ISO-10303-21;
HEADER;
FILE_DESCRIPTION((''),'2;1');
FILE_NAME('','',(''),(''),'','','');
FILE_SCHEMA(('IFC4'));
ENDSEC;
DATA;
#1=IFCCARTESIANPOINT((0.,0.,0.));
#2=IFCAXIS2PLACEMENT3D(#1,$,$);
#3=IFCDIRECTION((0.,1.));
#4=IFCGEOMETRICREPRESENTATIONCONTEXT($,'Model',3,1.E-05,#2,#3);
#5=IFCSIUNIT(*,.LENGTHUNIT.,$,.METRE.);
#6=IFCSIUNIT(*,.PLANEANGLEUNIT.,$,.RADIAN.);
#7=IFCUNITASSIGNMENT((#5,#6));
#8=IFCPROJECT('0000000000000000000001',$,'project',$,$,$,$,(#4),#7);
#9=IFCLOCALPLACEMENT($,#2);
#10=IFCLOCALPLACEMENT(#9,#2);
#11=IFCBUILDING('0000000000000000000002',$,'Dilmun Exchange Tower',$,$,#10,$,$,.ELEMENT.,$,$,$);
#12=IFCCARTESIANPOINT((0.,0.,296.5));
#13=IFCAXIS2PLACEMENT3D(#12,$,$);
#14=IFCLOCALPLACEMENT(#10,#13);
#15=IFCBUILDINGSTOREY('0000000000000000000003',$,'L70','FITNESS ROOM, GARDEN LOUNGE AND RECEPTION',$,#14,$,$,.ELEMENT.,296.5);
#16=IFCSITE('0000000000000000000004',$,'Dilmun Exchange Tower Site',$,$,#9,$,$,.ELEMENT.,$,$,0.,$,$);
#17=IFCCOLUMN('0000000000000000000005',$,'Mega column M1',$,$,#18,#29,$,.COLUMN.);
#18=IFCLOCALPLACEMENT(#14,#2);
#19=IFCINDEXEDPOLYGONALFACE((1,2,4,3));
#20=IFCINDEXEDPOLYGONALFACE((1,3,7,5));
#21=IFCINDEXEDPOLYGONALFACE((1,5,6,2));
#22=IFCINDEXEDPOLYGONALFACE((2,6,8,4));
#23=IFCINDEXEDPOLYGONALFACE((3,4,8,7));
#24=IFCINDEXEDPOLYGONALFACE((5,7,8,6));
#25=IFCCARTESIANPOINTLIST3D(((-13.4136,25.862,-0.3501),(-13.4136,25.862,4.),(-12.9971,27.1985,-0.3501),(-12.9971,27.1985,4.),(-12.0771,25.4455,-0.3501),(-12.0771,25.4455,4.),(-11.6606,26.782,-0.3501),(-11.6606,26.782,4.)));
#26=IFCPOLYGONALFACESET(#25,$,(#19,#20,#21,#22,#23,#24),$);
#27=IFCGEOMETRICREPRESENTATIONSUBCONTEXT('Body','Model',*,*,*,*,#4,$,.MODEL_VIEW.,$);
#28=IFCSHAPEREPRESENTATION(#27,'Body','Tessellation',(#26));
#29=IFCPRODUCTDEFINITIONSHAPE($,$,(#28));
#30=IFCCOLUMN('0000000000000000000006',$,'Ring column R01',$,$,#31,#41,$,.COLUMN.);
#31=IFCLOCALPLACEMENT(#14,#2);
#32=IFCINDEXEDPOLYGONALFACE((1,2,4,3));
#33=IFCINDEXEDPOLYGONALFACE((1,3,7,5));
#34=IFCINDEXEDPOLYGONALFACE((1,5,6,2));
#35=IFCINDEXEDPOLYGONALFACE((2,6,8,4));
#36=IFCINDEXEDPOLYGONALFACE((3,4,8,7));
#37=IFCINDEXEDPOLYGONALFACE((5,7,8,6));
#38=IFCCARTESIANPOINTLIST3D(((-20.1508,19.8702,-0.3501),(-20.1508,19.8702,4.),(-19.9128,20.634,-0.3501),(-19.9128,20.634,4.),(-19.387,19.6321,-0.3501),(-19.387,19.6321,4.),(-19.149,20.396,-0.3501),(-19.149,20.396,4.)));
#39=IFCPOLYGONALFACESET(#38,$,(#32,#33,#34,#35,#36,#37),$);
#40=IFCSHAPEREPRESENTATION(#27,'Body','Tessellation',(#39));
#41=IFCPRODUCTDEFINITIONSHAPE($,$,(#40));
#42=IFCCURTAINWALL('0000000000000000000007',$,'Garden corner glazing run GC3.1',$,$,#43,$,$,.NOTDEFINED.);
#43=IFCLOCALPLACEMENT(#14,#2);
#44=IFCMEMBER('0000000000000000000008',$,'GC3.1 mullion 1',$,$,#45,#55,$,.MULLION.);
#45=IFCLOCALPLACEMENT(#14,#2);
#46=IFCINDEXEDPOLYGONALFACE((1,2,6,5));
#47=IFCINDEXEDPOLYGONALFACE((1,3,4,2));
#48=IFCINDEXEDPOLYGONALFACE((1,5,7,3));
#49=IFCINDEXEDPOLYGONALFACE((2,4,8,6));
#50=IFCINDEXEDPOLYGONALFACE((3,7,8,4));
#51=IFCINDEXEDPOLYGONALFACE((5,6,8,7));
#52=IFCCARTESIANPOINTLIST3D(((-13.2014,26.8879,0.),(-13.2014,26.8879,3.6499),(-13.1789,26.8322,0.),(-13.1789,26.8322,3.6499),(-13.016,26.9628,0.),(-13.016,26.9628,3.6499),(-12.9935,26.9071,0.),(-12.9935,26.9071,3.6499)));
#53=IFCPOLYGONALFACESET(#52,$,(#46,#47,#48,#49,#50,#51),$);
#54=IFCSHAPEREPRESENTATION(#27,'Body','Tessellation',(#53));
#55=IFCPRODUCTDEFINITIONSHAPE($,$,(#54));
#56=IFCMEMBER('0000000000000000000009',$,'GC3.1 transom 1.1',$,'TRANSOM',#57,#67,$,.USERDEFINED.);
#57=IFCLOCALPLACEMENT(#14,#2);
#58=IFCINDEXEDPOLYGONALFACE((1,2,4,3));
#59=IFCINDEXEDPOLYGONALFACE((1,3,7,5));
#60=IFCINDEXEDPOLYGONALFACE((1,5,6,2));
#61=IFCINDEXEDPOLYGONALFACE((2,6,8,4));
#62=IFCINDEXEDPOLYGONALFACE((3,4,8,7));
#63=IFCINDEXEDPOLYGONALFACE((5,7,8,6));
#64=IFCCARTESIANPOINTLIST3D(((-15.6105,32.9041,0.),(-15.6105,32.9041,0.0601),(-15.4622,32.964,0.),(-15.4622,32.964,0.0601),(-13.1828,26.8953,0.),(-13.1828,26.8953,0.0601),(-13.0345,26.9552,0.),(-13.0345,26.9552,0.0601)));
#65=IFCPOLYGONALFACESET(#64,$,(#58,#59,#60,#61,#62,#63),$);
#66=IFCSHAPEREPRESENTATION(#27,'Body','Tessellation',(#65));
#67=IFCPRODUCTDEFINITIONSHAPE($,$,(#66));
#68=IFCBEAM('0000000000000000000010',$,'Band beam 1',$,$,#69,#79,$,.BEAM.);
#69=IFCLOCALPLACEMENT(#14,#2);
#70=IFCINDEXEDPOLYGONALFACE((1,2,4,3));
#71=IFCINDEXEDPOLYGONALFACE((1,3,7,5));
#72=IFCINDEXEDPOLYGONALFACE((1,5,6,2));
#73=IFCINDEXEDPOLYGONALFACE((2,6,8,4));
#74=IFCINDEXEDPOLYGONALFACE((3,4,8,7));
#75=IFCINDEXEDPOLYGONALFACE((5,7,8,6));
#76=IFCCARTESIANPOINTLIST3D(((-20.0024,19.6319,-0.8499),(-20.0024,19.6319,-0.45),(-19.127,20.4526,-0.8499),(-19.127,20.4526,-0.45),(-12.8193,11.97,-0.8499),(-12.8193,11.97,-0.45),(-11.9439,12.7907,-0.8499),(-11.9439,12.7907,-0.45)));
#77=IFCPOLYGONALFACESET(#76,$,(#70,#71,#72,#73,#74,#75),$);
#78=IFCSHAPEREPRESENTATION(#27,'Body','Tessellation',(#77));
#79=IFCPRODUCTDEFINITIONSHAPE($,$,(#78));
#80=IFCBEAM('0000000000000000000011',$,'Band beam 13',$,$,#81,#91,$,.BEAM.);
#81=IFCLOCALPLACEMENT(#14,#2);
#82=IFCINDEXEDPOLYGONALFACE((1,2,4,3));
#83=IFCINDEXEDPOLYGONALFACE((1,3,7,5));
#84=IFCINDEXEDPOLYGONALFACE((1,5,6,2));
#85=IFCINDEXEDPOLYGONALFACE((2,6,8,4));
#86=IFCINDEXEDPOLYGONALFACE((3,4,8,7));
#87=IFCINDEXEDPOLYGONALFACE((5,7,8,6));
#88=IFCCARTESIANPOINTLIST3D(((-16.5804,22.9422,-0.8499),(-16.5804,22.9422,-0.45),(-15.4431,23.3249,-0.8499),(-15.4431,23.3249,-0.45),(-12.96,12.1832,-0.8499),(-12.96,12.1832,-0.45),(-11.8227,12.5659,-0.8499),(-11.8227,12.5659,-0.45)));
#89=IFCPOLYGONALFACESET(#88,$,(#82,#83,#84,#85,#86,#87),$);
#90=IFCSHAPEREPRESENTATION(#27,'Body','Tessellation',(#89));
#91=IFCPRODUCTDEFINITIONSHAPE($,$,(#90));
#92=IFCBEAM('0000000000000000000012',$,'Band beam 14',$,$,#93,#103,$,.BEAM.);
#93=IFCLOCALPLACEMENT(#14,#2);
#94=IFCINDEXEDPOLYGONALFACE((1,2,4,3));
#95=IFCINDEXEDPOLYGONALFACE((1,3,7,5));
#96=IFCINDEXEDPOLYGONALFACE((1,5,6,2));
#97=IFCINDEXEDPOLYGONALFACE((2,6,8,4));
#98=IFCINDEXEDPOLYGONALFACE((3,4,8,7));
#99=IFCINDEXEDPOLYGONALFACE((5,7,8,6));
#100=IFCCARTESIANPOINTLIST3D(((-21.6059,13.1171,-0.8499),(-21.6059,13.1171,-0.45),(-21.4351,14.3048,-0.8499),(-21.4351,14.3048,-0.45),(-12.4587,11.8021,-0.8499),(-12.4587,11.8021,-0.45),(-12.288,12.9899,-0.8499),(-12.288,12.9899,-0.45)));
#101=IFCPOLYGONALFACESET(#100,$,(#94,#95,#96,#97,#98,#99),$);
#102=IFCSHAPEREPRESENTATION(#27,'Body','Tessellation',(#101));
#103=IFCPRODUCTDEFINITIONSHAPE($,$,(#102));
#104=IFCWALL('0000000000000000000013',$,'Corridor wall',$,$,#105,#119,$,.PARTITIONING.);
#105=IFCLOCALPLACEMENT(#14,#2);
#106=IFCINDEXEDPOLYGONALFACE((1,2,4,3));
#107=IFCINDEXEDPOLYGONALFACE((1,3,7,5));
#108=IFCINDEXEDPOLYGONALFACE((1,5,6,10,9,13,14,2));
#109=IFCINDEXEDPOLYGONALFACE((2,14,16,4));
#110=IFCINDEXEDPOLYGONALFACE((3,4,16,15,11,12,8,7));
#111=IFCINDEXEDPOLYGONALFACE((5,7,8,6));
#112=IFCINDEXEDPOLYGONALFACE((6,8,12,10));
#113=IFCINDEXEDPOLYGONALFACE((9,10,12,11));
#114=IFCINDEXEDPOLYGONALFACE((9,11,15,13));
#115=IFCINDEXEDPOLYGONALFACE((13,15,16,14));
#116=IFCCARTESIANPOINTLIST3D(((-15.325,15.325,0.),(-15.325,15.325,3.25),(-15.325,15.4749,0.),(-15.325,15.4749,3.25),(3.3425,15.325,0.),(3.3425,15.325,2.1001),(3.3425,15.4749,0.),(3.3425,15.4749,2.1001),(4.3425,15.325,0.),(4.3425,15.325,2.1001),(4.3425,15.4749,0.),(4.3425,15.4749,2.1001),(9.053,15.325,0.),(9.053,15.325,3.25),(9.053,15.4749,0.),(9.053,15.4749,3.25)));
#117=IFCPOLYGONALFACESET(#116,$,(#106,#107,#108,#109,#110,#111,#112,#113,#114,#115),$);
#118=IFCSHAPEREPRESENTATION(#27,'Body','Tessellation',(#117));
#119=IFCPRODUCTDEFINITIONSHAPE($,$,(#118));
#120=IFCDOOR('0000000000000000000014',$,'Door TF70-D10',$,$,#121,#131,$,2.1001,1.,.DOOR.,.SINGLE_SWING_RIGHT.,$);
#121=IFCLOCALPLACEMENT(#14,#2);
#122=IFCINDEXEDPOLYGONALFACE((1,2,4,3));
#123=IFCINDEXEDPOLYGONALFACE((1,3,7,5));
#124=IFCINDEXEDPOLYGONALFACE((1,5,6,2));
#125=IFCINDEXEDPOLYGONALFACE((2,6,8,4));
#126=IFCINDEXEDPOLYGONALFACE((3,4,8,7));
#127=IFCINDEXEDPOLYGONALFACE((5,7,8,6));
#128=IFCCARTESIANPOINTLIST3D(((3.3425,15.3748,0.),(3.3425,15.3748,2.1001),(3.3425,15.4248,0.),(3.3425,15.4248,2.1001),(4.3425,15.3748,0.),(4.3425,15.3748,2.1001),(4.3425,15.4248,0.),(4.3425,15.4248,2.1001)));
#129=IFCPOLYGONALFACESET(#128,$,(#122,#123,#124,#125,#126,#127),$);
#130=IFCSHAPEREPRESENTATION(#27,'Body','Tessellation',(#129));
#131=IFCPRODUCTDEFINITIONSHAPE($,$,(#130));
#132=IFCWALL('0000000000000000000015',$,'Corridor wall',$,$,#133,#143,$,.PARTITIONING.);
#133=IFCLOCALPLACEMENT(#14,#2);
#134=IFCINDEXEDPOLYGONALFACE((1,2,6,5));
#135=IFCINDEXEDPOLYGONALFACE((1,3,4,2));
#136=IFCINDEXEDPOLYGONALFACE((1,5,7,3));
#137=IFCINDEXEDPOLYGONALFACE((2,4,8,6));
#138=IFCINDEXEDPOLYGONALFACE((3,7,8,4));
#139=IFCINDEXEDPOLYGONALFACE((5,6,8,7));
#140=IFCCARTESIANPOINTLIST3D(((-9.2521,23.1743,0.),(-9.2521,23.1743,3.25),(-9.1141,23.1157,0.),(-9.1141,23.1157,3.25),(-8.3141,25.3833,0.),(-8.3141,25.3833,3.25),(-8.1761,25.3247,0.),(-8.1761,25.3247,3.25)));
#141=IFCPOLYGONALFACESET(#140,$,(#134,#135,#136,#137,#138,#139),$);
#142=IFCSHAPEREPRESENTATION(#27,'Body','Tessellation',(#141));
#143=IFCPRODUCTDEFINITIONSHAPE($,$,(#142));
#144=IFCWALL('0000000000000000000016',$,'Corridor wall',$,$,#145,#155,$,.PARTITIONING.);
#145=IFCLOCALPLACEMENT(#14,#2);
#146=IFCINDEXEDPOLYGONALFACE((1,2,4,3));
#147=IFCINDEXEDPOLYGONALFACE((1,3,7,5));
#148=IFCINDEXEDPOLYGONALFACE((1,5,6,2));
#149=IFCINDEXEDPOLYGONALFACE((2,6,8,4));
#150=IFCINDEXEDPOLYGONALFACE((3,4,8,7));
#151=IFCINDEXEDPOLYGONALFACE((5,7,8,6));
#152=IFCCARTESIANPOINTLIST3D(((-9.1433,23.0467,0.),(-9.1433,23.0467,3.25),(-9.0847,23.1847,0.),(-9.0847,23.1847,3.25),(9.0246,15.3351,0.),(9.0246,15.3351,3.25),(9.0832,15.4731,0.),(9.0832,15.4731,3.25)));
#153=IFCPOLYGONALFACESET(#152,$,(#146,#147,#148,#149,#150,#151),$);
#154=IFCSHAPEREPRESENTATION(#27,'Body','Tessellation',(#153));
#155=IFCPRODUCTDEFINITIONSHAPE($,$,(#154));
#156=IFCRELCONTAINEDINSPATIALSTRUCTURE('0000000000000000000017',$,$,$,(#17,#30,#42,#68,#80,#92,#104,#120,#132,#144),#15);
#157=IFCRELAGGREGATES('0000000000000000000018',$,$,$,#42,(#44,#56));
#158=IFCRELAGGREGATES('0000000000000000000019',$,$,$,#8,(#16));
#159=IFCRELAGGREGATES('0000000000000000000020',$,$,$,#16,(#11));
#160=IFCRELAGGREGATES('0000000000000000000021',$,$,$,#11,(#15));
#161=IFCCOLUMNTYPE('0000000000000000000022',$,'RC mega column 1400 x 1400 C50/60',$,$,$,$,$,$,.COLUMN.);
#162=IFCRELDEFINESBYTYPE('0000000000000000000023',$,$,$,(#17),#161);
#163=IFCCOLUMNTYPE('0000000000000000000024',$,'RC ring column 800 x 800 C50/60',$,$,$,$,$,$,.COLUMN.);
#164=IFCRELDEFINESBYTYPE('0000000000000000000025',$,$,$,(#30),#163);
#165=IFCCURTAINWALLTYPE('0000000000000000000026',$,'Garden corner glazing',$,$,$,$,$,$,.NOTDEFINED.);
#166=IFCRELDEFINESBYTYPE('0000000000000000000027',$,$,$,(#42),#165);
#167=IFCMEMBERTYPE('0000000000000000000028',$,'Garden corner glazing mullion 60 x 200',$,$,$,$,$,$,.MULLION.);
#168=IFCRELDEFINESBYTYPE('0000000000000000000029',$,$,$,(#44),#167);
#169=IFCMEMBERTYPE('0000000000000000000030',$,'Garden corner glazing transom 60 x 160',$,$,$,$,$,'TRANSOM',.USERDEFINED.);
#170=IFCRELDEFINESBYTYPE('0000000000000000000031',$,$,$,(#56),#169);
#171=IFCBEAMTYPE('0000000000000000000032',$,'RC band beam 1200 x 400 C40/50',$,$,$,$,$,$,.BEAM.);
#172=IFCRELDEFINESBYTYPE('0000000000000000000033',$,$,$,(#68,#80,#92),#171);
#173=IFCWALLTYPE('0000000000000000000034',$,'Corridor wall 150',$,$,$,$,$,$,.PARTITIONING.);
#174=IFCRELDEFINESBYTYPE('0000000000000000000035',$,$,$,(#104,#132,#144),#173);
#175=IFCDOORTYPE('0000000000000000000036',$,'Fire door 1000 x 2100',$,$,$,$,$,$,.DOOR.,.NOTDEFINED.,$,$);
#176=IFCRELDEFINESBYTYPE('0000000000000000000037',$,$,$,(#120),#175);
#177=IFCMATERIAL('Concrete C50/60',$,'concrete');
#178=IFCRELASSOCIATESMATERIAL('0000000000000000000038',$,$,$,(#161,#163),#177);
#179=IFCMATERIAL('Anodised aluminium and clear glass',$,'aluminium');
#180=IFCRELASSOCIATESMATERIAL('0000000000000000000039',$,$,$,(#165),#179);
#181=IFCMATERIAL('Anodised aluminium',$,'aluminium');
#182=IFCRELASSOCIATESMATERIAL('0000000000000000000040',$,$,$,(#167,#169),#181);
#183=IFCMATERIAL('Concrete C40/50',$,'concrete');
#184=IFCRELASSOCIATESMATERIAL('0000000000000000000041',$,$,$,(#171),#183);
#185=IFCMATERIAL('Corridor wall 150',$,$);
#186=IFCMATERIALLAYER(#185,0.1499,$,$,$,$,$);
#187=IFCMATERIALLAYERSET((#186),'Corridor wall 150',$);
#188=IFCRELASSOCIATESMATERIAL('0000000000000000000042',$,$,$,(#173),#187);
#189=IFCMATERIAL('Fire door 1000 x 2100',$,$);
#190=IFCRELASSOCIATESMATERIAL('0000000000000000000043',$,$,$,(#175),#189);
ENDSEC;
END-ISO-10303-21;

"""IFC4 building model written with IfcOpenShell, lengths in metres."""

from ifc_helpers import new_model, si_unit, direction, frame, frame_2d, origin, origin_2d, place, context, subcontext, project, spatial, rectangle, extrude, material, layer, layer_set, material_profile, profile_set, type_object, element, fill, aggregate, save


model = new_model("IFC4")

# Units and contexts
model_context = context("Model", 3, precision=1e-05, world=origin(), true_north=direction((0.0, 1.0)))
body_context = subcontext(model_context, "Body", "Model", "MODEL_VIEW")
ifc_project = project(units=[si_unit("LENGTHUNIT", "METRE"), si_unit("PLANEANGLEUNIT", "RADIAN")], contexts=[model_context])

# Site, building, storey
site_placement = place(None, origin())
site = spatial("IfcSite", under=ifc_project, at=site_placement, Name="Dilmun Exchange Tower Site", CompositionType="ELEMENT", RefElevation=0.0)
building_placement = place(site_placement, origin())
building = spatial("IfcBuilding", under=site, at=building_placement, Name="Dilmun Exchange Tower", CompositionType="ELEMENT")
storey_placement = place(building_placement, frame((0.0, 0.0, 296.5)))
storey = spatial("IfcBuildingStorey", under=building, at=storey_placement, Name="L70", Description="FITNESS ROOM, GARDEN LOUNGE AND RECEPTION", CompositionType="ELEMENT", Elevation=296.5)

# Columns
ifc_material_1 = material(Name="Concrete C50/60", Category="concrete")
ifc_material_profile_1 = material_profile(ifc_material_1, rectangle(XDim=1.3999, YDim=1.3999, at=origin_2d()), Name="1400 x 1400")
ifc_profile_set_1 = profile_set([ifc_material_profile_1], Name="Concrete C50/60")
column_type_1 = type_object("IfcColumnType", Name="RC mega column 1400 x 1400 C50/60", PredefinedType="COLUMN", material=ifc_profile_set_1)
column_1_placement = place(storey_placement, frame((-12.5371, 26.322, -0.3501), z_axis=(0.0, 0.0, 1.0), x_axis=(0.297503, 0.954721, 0.0)))
element("IfcColumn", 1, at=column_1_placement, inside=storey, type_object=column_type_1, Name="Mega column M1", PredefinedType="COLUMN", context=body_context, shape_type="SweptSolid", body=[
    extrude(rectangle(XDim=1.3999, YDim=1.3999, at=origin_2d()), origin(), (0.0, 0.0, 1.0), 4.3501),
])
ifc_material_profile_2 = material_profile(ifc_material_1, rectangle(XDim=0.8, YDim=0.8, at=origin_2d()), Name="800 x 800")
ifc_profile_set_2 = profile_set([ifc_material_profile_2], Name="Concrete C50/60")
column_type_2 = type_object("IfcColumnType", Name="RC ring column 800 x 800 C50/60", PredefinedType="COLUMN", material=ifc_profile_set_2)
column_2_placement = place(storey_placement, frame((-19.6499, 20.1331, -0.3501), z_axis=(0.0, 0.0, 1.0), x_axis=(0.297503, 0.954721, 0.0)))
element("IfcColumn", 2, at=column_2_placement, inside=storey, type_object=column_type_2, Name="Ring column R01", PredefinedType="COLUMN", context=body_context, shape_type="SweptSolid", body=[
    extrude(rectangle(XDim=0.8, YDim=0.8, at=origin_2d()), origin(), (0.0, 0.0, 1.0), 4.3501),
])

# Curtain wall, members
ifc_material_2 = material(Name="Anodised aluminium and clear glass", Category="aluminium")
curtain_wall_type = type_object("IfcCurtainWallType", Name="Garden corner glazing", PredefinedType="NOTDEFINED", material=ifc_material_2)
curtain_wall_placement = place(storey_placement, origin())
curtain_wall = element("IfcCurtainWall", 3, at=curtain_wall_placement, inside=storey, type_object=curtain_wall_type, Name="Garden corner glazing run GC3.1", PredefinedType="NOTDEFINED")
ifc_material_3 = material(Name="Anodised aluminium", Category="aluminium")
ifc_material_profile_3 = material_profile(ifc_material_3, rectangle(XDim=0.2, YDim=0.0601, at=origin_2d()), Name="AL 60x200")
ifc_profile_set_3 = profile_set([ifc_material_profile_3], Name="Anodised aluminium")
member_type_1 = type_object("IfcMemberType", Name="Garden corner glazing mullion 60 x 200", PredefinedType="MULLION", material=ifc_profile_set_3)
member_1_placement = place(storey_placement, frame((-13.0974, 26.8975, 0.0), z_axis=(0.0, 0.0, 1.0), x_axis=(-0.927181, -0.374614, 0.0)))
member_1 = element("IfcMember", 4, at=member_1_placement, type_object=member_type_1, Name="GC3.1 mullion 1", PredefinedType="MULLION", context=body_context, shape_type="SweptSolid", body=[
    extrude(rectangle(XDim=0.2, YDim=0.0601, at=origin_2d()), origin(), (0.0, 0.0, 1.0), 3.6499),
])
ifc_material_profile_4 = material_profile(ifc_material_3, rectangle(XDim=0.1599, YDim=0.0601, at=origin_2d()), Name="AL 60x160")
ifc_profile_set_4 = profile_set([ifc_material_profile_4], Name="Anodised aluminium")
member_type_2 = type_object("IfcMemberType", Name="Garden corner glazing transom 60 x 160", ElementType="TRANSOM", PredefinedType="USERDEFINED", material=ifc_profile_set_4)
member_2_placement = place(storey_placement, frame((-13.1086, 26.9253, 0.03), z_axis=(-0.37461, 0.927182, 0.0), x_axis=(-0.927182, -0.37461, 0.0)))
member_2 = element("IfcMember", 5, at=member_2_placement, type_object=member_type_2, Name="GC3.1 transom 1.1", ObjectType="TRANSOM", PredefinedType="USERDEFINED", context=body_context, shape_type="SweptSolid", body=[
    extrude(rectangle(XDim=0.1599, YDim=0.0601, at=origin_2d()), origin(), (0.0, 0.0, 1.0), 6.4807),
])
aggregate(curtain_wall, [member_1, member_2])

# Beams
ifc_material_4 = material(Name="Concrete C40/50", Category="concrete")
ifc_material_profile_5 = material_profile(ifc_material_4, rectangle(XDim=1.2, YDim=0.3999, at=origin_2d()), Name="1200 x 400")
ifc_profile_set_5 = profile_set([ifc_material_profile_5], Name="Concrete C40/50")
beam_type = type_object("IfcBeamType", Name="RC band beam 1200 x 400 C40/50", PredefinedType="BEAM", material=ifc_profile_set_5)
beam_1_placement = place(storey_placement, frame((-19.5647, 20.0422, -0.6499), z_axis=(0.683947, -0.729532, 0.0), x_axis=(0.729532, 0.683947, 0.0)))
element("IfcBeam", 6, at=beam_1_placement, inside=storey, type_object=beam_type, Name="Band beam 1", PredefinedType="BEAM", context=body_context, shape_type="SweptSolid", body=[
    extrude(rectangle(XDim=1.2, YDim=0.3999, at=origin_2d()), origin(), (0.0, 0.0, 1.0), 10.5024),
])
beam_2_placement = place(storey_placement, frame((-16.0117, 23.1335, -0.6499), z_axis=(0.318923, -0.94778, 0.0), x_axis=(0.94778, 0.318923, 0.0)))
element("IfcBeam", 7, at=beam_2_placement, inside=storey, type_object=beam_type, Name="Band beam 13", PredefinedType="BEAM", context=body_context, shape_type="SweptSolid", body=[
    extrude(rectangle(XDim=1.2, YDim=0.3999, at=origin_2d()), origin(), (0.0, 0.0, 1.0), 11.3518),
])
beam_3_placement = place(storey_placement, frame((-21.5205, 13.7109, -0.6499), z_axis=(0.989825, -0.14229, 0.0), x_axis=(0.14229, 0.989825, 0.0)))
element("IfcBeam", 8, at=beam_3_placement, inside=storey, type_object=beam_type, Name="Band beam 14", PredefinedType="BEAM", context=body_context, shape_type="SweptSolid", body=[
    extrude(rectangle(XDim=1.2, YDim=0.3999, at=origin_2d()), origin(), (0.0, 0.0, 1.0), 9.2412),
])

# Wall, opening, door
ifc_material_5 = material(Name="Corridor wall 150")
ifc_layer_1 = layer(ifc_material_5, 0.1499)
ifc_layer_set_1 = layer_set([ifc_layer_1], Name="Corridor wall 150")
wall_type_1 = type_object("IfcWallType", Name="Corridor wall 150", PredefinedType="PARTITIONING", material=ifc_layer_set_1)
wall_1_placement = place(storey_placement, frame((-15.325, 15.3999, 0.0), z_axis=(0.0, 0.0, 1.0), x_axis=(1.0, 0.0, 0.0)))
wall_1 = element("IfcWall", 9, at=wall_1_placement, inside=storey, type_object=wall_type_1, Name="Corridor wall", PredefinedType="PARTITIONING", context=body_context, shape_type="SweptSolid", body=[
    extrude(rectangle(XDim=24.3779, YDim=0.1499, at=frame_2d((12.189, 0.0))), origin(), (0.0, 0.0, 1.0), 3.25),
])
opening_1_placement = place(wall_1_placement, frame((18.6675, 0.0, 0.0)))
opening_1 = element("IfcOpeningElement", 10, at=opening_1_placement, cuts=wall_1, PredefinedType="OPENING", context=body_context, shape_type="SweptSolid", body=[
    extrude(rectangle(XDim=1.0, YDim=2.1001, at=frame_2d((0.5, 1.05))), frame((0.0, 0.085, 0.0), z_axis=(0.0, -1.0, 0.0), x_axis=(1.0, 0.0, 0.0)), (0.0, 0.0, 1.0), 0.1699),
])
ifc_material_6 = material(Name="Fire door 1000 x 2100")
door_type_1 = type_object("IfcDoorType", Name="Fire door 1000 x 2100", OperationType="NOTDEFINED", PredefinedType="DOOR", material=ifc_material_6)
door_1_placement = place(opening_1_placement, origin())
door_1 = element("IfcDoor", 11, at=door_1_placement, inside=storey, type_object=door_type_1, Name="Door TF70-D10", OperationType="SINGLE_SWING_RIGHT", OverallHeight=2.1001, OverallWidth=1.0, PredefinedType="DOOR", context=body_context, shape_type="SweptSolid", body=[
    extrude(rectangle(XDim=1.0, YDim=2.1001, at=frame_2d((0.5, 1.05))), frame((0.0, 0.0249, 0.0), z_axis=(0.0, -1.0, 0.0), x_axis=(1.0, 0.0, 0.0)), (0.0, 0.0, 1.0), 0.05),
])
fill(opening_1, door_1)

# Walls
wall_2_placement = place(storey_placement, frame((-9.1831, 23.145, 0.0), z_axis=(0.0, 0.0, 1.0), x_axis=(0.390848, 0.920455, 0.0)))
element("IfcWall", 12, at=wall_2_placement, inside=storey, type_object=wall_type_1, Name="Corridor wall", PredefinedType="PARTITIONING", context=body_context, shape_type="SweptSolid", body=[
    extrude(rectangle(XDim=2.3999, YDim=0.1499, at=frame_2d((1.2, 0.0))), origin(), (0.0, 0.0, 1.0), 3.25),
])
wall_3_placement = place(storey_placement, frame((-9.114, 23.1157, 0.0), z_axis=(0.0, 0.0, 1.0), x_axis=(0.920508, -0.390724, 0.0)))
element("IfcWall", 13, at=wall_3_placement, inside=storey, type_object=wall_type_1, Name="Corridor wall", PredefinedType="PARTITIONING", context=body_context, shape_type="SweptSolid", body=[
    extrude(rectangle(XDim=19.7368, YDim=0.1499, at=frame_2d((9.8684, 0.0))), origin(), (0.0, 0.0, 1.0), 3.25),
])

save(model, "model.ifc")
